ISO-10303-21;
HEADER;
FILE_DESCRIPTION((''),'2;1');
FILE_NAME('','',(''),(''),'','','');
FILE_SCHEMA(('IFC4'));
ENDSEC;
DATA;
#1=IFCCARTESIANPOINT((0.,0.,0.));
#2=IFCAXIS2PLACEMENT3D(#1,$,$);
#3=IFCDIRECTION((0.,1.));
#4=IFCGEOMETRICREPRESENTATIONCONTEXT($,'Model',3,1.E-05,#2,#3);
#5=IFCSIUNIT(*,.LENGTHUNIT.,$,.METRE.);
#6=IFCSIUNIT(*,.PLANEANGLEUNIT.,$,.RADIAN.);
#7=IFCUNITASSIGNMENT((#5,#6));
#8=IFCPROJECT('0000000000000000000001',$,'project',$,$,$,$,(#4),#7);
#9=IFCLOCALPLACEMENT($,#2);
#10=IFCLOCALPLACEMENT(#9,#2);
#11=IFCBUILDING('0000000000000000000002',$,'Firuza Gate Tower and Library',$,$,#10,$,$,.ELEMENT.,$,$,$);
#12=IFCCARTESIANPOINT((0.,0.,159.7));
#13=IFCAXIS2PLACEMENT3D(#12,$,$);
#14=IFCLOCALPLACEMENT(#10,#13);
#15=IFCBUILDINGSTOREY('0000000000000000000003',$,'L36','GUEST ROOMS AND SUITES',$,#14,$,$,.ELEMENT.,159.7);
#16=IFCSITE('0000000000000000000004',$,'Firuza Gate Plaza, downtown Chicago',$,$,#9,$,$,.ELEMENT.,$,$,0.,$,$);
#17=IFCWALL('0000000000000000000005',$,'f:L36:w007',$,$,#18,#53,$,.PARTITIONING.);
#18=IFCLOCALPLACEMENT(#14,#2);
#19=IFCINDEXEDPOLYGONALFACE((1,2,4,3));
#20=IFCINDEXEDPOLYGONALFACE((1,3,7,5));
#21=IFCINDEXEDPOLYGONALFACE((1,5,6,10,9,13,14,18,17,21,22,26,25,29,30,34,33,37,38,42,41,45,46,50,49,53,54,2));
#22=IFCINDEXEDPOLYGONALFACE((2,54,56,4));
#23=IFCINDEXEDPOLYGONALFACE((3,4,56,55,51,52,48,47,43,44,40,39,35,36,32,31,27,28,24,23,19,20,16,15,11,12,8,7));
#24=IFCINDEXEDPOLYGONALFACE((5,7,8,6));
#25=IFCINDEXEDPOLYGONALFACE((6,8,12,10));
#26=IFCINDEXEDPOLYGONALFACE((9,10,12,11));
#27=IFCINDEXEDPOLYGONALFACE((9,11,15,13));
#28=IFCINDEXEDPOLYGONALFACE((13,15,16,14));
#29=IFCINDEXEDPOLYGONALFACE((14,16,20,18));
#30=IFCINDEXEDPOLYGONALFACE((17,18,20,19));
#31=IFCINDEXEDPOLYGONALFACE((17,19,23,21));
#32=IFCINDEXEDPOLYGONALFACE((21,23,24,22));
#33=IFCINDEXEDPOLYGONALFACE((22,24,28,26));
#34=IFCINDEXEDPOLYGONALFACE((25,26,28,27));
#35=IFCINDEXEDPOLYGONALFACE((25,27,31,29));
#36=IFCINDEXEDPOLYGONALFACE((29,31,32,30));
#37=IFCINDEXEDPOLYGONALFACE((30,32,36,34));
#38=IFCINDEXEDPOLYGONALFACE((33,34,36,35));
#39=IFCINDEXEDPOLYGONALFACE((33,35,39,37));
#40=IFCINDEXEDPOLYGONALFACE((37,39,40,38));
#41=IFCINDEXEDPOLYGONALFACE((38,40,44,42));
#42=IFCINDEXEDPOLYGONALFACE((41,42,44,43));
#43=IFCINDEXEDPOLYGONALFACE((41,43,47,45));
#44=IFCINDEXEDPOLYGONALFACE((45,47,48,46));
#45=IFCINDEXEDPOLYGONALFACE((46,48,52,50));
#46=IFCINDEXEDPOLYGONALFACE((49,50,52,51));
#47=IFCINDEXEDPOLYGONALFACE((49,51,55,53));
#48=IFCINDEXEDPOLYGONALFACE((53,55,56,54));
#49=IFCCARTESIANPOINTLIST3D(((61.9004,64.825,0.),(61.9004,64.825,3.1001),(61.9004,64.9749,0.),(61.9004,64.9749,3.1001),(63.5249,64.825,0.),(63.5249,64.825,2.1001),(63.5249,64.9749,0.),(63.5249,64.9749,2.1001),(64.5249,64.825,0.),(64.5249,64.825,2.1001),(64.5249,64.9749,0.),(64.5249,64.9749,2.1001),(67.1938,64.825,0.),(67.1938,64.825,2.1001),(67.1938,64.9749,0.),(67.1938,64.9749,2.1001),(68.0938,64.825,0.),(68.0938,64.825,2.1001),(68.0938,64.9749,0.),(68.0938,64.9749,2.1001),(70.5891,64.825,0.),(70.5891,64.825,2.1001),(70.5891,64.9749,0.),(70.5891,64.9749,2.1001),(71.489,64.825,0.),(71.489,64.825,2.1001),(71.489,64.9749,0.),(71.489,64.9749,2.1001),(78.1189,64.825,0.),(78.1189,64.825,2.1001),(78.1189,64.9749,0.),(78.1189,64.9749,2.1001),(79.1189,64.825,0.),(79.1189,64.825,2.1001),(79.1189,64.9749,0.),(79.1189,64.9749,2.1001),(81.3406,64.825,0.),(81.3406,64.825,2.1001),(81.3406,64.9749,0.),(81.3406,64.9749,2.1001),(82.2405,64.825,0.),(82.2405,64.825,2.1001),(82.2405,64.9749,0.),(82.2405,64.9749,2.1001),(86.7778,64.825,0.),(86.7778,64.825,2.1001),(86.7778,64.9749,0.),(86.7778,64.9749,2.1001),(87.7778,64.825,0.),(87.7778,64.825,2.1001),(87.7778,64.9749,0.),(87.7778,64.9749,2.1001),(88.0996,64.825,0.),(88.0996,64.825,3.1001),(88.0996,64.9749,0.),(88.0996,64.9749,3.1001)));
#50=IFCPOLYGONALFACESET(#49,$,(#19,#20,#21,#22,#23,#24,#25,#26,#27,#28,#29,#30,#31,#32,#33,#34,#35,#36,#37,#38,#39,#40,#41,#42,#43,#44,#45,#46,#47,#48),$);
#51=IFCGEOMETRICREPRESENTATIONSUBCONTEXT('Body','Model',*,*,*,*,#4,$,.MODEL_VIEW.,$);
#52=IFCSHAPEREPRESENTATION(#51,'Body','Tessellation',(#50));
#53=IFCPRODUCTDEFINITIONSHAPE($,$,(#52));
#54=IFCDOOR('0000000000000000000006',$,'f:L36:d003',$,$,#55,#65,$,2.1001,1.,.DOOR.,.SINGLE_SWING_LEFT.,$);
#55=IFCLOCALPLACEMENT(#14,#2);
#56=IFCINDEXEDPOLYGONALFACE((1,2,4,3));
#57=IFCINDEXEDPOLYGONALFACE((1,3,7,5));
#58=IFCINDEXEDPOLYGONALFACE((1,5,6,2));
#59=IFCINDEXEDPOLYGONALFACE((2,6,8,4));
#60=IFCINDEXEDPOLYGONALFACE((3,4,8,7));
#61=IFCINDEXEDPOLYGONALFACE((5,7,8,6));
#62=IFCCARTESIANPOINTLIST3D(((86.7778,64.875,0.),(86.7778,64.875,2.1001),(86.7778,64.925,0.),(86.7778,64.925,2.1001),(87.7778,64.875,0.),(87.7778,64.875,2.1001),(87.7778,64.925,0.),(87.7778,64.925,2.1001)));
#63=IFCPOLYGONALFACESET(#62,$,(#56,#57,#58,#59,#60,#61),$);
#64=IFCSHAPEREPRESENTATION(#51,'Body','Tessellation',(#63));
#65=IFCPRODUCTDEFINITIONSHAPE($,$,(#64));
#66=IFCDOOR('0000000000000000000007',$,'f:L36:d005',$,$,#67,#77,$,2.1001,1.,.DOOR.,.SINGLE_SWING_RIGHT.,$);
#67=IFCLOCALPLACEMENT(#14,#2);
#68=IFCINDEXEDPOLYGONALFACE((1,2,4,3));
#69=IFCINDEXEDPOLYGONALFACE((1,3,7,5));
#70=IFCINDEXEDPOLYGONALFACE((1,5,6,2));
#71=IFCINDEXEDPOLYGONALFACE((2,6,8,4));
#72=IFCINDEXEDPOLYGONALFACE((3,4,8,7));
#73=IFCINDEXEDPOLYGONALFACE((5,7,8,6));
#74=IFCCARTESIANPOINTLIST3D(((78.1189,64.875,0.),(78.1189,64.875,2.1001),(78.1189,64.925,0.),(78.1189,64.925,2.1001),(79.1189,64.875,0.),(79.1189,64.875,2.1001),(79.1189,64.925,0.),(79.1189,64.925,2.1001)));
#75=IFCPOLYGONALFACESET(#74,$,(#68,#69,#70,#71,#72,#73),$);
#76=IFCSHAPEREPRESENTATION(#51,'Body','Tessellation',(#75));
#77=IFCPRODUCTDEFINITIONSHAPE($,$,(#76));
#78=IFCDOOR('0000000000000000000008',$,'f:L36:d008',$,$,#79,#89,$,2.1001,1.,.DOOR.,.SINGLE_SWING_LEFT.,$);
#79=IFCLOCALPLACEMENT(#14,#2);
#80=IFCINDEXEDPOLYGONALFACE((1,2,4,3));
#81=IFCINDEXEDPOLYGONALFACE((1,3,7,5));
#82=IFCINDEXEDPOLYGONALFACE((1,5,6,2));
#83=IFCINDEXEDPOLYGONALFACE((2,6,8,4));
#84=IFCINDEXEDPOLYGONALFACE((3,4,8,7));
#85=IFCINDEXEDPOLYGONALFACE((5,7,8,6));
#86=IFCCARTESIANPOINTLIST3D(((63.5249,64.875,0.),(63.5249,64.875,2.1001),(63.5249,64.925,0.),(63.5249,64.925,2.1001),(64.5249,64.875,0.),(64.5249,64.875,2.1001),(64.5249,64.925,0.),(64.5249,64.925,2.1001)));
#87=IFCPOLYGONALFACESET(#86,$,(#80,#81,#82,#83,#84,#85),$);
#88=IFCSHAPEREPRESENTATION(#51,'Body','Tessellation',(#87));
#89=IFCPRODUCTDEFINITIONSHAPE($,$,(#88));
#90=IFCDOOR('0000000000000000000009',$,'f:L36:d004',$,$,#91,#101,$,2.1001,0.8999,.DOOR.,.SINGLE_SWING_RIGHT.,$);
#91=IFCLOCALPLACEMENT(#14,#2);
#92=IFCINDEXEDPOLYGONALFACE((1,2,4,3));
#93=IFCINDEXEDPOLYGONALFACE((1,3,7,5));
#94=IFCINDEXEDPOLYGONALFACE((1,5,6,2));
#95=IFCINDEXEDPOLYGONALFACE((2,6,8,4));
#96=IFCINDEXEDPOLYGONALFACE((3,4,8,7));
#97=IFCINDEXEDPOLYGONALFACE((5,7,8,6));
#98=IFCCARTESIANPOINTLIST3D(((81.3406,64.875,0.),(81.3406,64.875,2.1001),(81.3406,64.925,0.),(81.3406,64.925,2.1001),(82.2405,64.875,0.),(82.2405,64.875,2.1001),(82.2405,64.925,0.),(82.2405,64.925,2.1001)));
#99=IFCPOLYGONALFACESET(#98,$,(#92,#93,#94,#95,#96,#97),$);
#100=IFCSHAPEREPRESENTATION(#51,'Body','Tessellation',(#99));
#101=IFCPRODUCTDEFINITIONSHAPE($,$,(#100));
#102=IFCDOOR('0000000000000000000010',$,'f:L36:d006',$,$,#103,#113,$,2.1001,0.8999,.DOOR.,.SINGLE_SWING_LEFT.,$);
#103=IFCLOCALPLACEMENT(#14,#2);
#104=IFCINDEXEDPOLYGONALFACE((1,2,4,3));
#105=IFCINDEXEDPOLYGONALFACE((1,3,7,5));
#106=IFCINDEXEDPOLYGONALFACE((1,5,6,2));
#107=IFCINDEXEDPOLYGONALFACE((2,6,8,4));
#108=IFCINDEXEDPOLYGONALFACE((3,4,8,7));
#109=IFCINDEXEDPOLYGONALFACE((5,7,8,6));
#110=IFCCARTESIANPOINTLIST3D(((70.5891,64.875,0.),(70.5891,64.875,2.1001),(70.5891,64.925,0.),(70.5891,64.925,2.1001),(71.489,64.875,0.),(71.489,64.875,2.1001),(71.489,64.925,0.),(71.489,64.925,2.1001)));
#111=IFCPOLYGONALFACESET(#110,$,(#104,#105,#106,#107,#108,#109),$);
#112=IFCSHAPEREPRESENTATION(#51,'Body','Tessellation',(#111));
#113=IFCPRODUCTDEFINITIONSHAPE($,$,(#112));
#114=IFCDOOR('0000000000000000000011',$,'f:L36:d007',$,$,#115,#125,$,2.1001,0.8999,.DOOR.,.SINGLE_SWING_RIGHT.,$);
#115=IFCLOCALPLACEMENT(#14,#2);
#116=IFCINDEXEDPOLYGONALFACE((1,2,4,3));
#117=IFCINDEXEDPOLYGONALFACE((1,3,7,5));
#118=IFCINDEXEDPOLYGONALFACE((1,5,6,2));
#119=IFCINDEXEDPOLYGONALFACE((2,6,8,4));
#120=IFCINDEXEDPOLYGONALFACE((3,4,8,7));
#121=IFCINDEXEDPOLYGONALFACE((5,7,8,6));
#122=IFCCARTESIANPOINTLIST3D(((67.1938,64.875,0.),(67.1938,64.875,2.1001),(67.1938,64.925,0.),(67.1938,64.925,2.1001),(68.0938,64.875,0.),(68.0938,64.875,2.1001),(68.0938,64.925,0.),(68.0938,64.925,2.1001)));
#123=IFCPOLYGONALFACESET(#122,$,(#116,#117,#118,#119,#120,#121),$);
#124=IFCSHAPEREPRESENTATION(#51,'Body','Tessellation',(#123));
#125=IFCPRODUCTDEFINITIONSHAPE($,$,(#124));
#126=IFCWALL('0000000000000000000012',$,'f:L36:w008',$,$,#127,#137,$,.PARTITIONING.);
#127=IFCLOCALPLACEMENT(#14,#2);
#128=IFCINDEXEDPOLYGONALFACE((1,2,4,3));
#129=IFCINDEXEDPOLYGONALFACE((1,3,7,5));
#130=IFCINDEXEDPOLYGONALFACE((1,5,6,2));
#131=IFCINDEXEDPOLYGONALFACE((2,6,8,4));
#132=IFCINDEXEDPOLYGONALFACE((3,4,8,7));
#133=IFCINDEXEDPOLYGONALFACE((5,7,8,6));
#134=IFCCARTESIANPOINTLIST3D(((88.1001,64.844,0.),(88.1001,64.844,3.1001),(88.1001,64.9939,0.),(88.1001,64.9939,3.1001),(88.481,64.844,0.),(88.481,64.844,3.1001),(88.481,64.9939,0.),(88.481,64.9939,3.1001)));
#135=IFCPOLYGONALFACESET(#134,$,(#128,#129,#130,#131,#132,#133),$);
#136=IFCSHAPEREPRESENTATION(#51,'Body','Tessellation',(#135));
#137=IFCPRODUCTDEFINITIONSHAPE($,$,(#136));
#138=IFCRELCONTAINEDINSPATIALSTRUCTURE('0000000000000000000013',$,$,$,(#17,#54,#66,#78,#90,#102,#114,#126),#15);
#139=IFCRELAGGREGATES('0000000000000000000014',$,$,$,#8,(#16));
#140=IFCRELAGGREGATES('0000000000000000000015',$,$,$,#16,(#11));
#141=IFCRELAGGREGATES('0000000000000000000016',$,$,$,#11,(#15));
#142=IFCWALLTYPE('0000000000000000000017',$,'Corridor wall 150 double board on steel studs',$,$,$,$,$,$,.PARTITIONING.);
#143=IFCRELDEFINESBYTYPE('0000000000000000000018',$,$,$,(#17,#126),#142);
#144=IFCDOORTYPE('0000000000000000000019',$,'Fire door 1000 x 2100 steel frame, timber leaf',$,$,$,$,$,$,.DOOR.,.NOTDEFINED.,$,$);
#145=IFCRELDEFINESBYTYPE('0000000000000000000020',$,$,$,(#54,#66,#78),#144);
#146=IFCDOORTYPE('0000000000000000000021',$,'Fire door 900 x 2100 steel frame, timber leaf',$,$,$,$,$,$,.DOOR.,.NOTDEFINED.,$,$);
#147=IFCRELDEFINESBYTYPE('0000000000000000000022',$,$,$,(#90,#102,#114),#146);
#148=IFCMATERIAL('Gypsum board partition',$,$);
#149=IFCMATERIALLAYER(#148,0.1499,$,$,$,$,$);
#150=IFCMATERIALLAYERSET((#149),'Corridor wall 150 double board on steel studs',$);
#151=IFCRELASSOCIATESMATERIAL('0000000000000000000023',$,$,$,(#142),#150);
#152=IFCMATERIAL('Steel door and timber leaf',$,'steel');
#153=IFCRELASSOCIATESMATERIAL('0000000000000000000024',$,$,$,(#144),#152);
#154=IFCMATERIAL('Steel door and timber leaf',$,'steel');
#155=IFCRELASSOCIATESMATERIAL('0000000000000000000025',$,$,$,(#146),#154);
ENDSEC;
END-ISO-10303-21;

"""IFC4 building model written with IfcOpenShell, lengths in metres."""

from ifc_helpers import new_model, si_unit, direction, frame, frame_2d, origin, place, context, subcontext, project, spatial, rectangle, extrude, material, layer, layer_set, type_object, element, fill, save


model = new_model("IFC4")

# Units and contexts
model_context = context("Model", 3, precision=1e-05, world=origin(), true_north=direction((0.0, 1.0)))
body_context = subcontext(model_context, "Body", "Model", "MODEL_VIEW")
ifc_project = project(units=[si_unit("LENGTHUNIT", "METRE"), si_unit("PLANEANGLEUNIT", "RADIAN")], contexts=[model_context])

# Site, building, storey
site_placement = place(None, origin())
site = spatial("IfcSite", under=ifc_project, at=site_placement, Name="Firuza Gate Plaza, downtown Chicago", CompositionType="ELEMENT", RefElevation=0.0)
building_placement = place(site_placement, origin())
building = spatial("IfcBuilding", under=site, at=building_placement, Name="Firuza Gate Tower and Library", CompositionType="ELEMENT")
storey_placement = place(building_placement, frame((0.0, 0.0, 159.7)))
storey = spatial("IfcBuildingStorey", under=building, at=storey_placement, Name="L36", Description="GUEST ROOMS AND SUITES", CompositionType="ELEMENT", Elevation=159.7)

# Wall, openings, doors
ifc_material_1 = material(Name="Gypsum board partition")
ifc_layer_1 = layer(ifc_material_1, 0.1499)
ifc_layer_set_1 = layer_set([ifc_layer_1], Name="Corridor wall 150 double board on steel studs")
wall_type_1 = type_object("IfcWallType", Name="Corridor wall 150 double board on steel studs", PredefinedType="PARTITIONING", material=ifc_layer_set_1)
wall_1_placement = place(storey_placement, frame((88.0996, 64.8999, 0.0), z_axis=(0.0, 0.0, 1.0), x_axis=(-1.0, 0.0, 0.0)))
wall_1 = element("IfcWall", 1, at=wall_1_placement, inside=storey, type_object=wall_type_1, Name="f:L36:w007", PredefinedType="PARTITIONING", context=body_context, shape_type="SweptSolid", body=[
    extrude(rectangle(XDim=26.1992, YDim=0.1499, at=frame_2d((13.0996, 0.0))), origin(), (0.0, 0.0, 1.0), 3.1001),
])
opening_1_placement = place(wall_1_placement, frame((0.3218, 0.0, 0.0)))
opening_1 = element("IfcOpeningElement", 2, at=opening_1_placement, cuts=wall_1, PredefinedType="OPENING", context=body_context, shape_type="SweptSolid", body=[
    extrude(rectangle(XDim=1.0, YDim=2.1001, at=frame_2d((0.5, 1.05))), frame((0.0, 0.085, 0.0), z_axis=(0.0, -1.0, 0.0), x_axis=(1.0, 0.0, 0.0)), (0.0, 0.0, 1.0), 0.1699),
])
opening_2_placement = place(wall_1_placement, frame((5.8591, 0.0, 0.0)))
opening_2 = element("IfcOpeningElement", 3, at=opening_2_placement, cuts=wall_1, PredefinedType="OPENING", context=body_context, shape_type="SweptSolid", body=[
    extrude(rectangle(XDim=0.8999, YDim=2.1001, at=frame_2d((0.45, 1.05))), frame((0.0, 0.085, 0.0), z_axis=(0.0, -1.0, 0.0), x_axis=(1.0, 0.0, 0.0)), (0.0, 0.0, 1.0), 0.1699),
])
opening_3_placement = place(wall_1_placement, frame((8.9807, 0.0, 0.0)))
opening_3 = element("IfcOpeningElement", 4, at=opening_3_placement, cuts=wall_1, PredefinedType="OPENING", context=body_context, shape_type="SweptSolid", body=[
    extrude(rectangle(XDim=1.0, YDim=2.1001, at=frame_2d((0.5, 1.05))), frame((0.0, 0.085, 0.0), z_axis=(0.0, -1.0, 0.0), x_axis=(1.0, 0.0, 0.0)), (0.0, 0.0, 1.0), 0.1699),
])
opening_4_placement = place(wall_1_placement, frame((16.6106, 0.0, 0.0)))
opening_4 = element("IfcOpeningElement", 5, at=opening_4_placement, cuts=wall_1, PredefinedType="OPENING", context=body_context, shape_type="SweptSolid", body=[
    extrude(rectangle(XDim=0.8999, YDim=2.1001, at=frame_2d((0.45, 1.05))), frame((0.0, 0.085, 0.0), z_axis=(0.0, -1.0, 0.0), x_axis=(1.0, 0.0, 0.0)), (0.0, 0.0, 1.0), 0.1699),
])
opening_5_placement = place(wall_1_placement, frame((20.0059, 0.0, 0.0)))
opening_5 = element("IfcOpeningElement", 6, at=opening_5_placement, cuts=wall_1, PredefinedType="OPENING", context=body_context, shape_type="SweptSolid", body=[
    extrude(rectangle(XDim=0.8999, YDim=2.1001, at=frame_2d((0.45, 1.05))), frame((0.0, 0.085, 0.0), z_axis=(0.0, -1.0, 0.0), x_axis=(1.0, 0.0, 0.0)), (0.0, 0.0, 1.0), 0.1699),
])
opening_6_placement = place(wall_1_placement, frame((23.5747, 0.0, 0.0)))
opening_6 = element("IfcOpeningElement", 7, at=opening_6_placement, cuts=wall_1, PredefinedType="OPENING", context=body_context, shape_type="SweptSolid", body=[
    extrude(rectangle(XDim=1.0, YDim=2.1001, at=frame_2d((0.5, 1.05))), frame((0.0, 0.085, 0.0), z_axis=(0.0, -1.0, 0.0), x_axis=(1.0, 0.0, 0.0)), (0.0, 0.0, 1.0), 0.1699),
])
ifc_material_2 = material(Name="Steel door and timber leaf", Category="steel")
door_type_1 = type_object("IfcDoorType", Name="Fire door 1000 x 2100 steel frame, timber leaf", OperationType="NOTDEFINED", PredefinedType="DOOR", material=ifc_material_2)
door_1_placement = place(opening_1_placement, origin())
door_1 = element("IfcDoor", 8, at=door_1_placement, inside=storey, type_object=door_type_1, Name="f:L36:d003", OperationType="SINGLE_SWING_LEFT", OverallHeight=2.1001, OverallWidth=1.0, PredefinedType="DOOR", context=body_context, shape_type="SweptSolid", body=[
    extrude(rectangle(XDim=1.0, YDim=2.1001, at=frame_2d((0.5, 1.05))), frame((0.0, 0.0249, 0.0), z_axis=(0.0, -1.0, 0.0), x_axis=(1.0, 0.0, 0.0)), (0.0, 0.0, 1.0), 0.05),
])
fill(opening_1, door_1)
door_2_placement = place(opening_3_placement, origin())
door_2 = element("IfcDoor", 9, at=door_2_placement, inside=storey, type_object=door_type_1, Name="f:L36:d005", OperationType="SINGLE_SWING_RIGHT", OverallHeight=2.1001, OverallWidth=1.0, PredefinedType="DOOR", context=body_context, shape_type="SweptSolid", body=[
    extrude(rectangle(XDim=1.0, YDim=2.1001, at=frame_2d((0.5, 1.05))), frame((0.0, 0.0249, 0.0), z_axis=(0.0, -1.0, 0.0), x_axis=(1.0, 0.0, 0.0)), (0.0, 0.0, 1.0), 0.05),
])
fill(opening_3, door_2)
door_3_placement = place(opening_6_placement, origin())
door_3 = element("IfcDoor", 10, at=door_3_placement, inside=storey, type_object=door_type_1, Name="f:L36:d008", OperationType="SINGLE_SWING_LEFT", OverallHeight=2.1001, OverallWidth=1.0, PredefinedType="DOOR", context=body_context, shape_type="SweptSolid", body=[
    extrude(rectangle(XDim=1.0, YDim=2.1001, at=frame_2d((0.5, 1.05))), frame((0.0, 0.0249, 0.0), z_axis=(0.0, -1.0, 0.0), x_axis=(1.0, 0.0, 0.0)), (0.0, 0.0, 1.0), 0.05),
])
fill(opening_6, door_3)
ifc_material_3 = material(Name="Steel door and timber leaf", Category="steel")
door_type_2 = type_object("IfcDoorType", Name="Fire door 900 x 2100 steel frame, timber leaf", OperationType="NOTDEFINED", PredefinedType="DOOR", material=ifc_material_3)
door_4_placement = place(opening_2_placement, origin())
door_4 = element("IfcDoor", 11, at=door_4_placement, inside=storey, type_object=door_type_2, Name="f:L36:d004", OperationType="SINGLE_SWING_RIGHT", OverallHeight=2.1001, OverallWidth=0.8999, PredefinedType="DOOR", context=body_context, shape_type="SweptSolid", body=[
    extrude(rectangle(XDim=0.8999, YDim=2.1001, at=frame_2d((0.45, 1.05))), frame((0.0, 0.0249, 0.0), z_axis=(0.0, -1.0, 0.0), x_axis=(1.0, 0.0, 0.0)), (0.0, 0.0, 1.0), 0.05),
])
fill(opening_2, door_4)
door_5_placement = place(opening_4_placement, origin())
door_5 = element("IfcDoor", 12, at=door_5_placement, inside=storey, type_object=door_type_2, Name="f:L36:d006", OperationType="SINGLE_SWING_LEFT", OverallHeight=2.1001, OverallWidth=0.8999, PredefinedType="DOOR", context=body_context, shape_type="SweptSolid", body=[
    extrude(rectangle(XDim=0.8999, YDim=2.1001, at=frame_2d((0.45, 1.05))), frame((0.0, 0.0249, 0.0), z_axis=(0.0, -1.0, 0.0), x_axis=(1.0, 0.0, 0.0)), (0.0, 0.0, 1.0), 0.05),
])
fill(opening_4, door_5)
door_6_placement = place(opening_5_placement, origin())
door_6 = element("IfcDoor", 13, at=door_6_placement, inside=storey, type_object=door_type_2, Name="f:L36:d007", OperationType="SINGLE_SWING_RIGHT", OverallHeight=2.1001, OverallWidth=0.8999, PredefinedType="DOOR", context=body_context, shape_type="SweptSolid", body=[
    extrude(rectangle(XDim=0.8999, YDim=2.1001, at=frame_2d((0.45, 1.05))), frame((0.0, 0.0249, 0.0), z_axis=(0.0, -1.0, 0.0), x_axis=(1.0, 0.0, 0.0)), (0.0, 0.0, 1.0), 0.05),
])
fill(opening_5, door_6)

# Wall
wall_2_placement = place(storey_placement, frame((88.1001, 64.9189, 0.0), z_axis=(0.0, 0.0, 1.0), x_axis=(1.0, 0.0, 0.0)))
element("IfcWall", 14, at=wall_2_placement, inside=storey, type_object=wall_type_1, Name="f:L36:w008", PredefinedType="PARTITIONING", context=body_context, shape_type="SweptSolid", body=[
    extrude(rectangle(XDim=0.3809, YDim=0.1499, at=frame_2d((0.1904, 0.0))), origin(), (0.0, 0.0, 1.0), 3.1001),
])

save(model, "model.ifc")
